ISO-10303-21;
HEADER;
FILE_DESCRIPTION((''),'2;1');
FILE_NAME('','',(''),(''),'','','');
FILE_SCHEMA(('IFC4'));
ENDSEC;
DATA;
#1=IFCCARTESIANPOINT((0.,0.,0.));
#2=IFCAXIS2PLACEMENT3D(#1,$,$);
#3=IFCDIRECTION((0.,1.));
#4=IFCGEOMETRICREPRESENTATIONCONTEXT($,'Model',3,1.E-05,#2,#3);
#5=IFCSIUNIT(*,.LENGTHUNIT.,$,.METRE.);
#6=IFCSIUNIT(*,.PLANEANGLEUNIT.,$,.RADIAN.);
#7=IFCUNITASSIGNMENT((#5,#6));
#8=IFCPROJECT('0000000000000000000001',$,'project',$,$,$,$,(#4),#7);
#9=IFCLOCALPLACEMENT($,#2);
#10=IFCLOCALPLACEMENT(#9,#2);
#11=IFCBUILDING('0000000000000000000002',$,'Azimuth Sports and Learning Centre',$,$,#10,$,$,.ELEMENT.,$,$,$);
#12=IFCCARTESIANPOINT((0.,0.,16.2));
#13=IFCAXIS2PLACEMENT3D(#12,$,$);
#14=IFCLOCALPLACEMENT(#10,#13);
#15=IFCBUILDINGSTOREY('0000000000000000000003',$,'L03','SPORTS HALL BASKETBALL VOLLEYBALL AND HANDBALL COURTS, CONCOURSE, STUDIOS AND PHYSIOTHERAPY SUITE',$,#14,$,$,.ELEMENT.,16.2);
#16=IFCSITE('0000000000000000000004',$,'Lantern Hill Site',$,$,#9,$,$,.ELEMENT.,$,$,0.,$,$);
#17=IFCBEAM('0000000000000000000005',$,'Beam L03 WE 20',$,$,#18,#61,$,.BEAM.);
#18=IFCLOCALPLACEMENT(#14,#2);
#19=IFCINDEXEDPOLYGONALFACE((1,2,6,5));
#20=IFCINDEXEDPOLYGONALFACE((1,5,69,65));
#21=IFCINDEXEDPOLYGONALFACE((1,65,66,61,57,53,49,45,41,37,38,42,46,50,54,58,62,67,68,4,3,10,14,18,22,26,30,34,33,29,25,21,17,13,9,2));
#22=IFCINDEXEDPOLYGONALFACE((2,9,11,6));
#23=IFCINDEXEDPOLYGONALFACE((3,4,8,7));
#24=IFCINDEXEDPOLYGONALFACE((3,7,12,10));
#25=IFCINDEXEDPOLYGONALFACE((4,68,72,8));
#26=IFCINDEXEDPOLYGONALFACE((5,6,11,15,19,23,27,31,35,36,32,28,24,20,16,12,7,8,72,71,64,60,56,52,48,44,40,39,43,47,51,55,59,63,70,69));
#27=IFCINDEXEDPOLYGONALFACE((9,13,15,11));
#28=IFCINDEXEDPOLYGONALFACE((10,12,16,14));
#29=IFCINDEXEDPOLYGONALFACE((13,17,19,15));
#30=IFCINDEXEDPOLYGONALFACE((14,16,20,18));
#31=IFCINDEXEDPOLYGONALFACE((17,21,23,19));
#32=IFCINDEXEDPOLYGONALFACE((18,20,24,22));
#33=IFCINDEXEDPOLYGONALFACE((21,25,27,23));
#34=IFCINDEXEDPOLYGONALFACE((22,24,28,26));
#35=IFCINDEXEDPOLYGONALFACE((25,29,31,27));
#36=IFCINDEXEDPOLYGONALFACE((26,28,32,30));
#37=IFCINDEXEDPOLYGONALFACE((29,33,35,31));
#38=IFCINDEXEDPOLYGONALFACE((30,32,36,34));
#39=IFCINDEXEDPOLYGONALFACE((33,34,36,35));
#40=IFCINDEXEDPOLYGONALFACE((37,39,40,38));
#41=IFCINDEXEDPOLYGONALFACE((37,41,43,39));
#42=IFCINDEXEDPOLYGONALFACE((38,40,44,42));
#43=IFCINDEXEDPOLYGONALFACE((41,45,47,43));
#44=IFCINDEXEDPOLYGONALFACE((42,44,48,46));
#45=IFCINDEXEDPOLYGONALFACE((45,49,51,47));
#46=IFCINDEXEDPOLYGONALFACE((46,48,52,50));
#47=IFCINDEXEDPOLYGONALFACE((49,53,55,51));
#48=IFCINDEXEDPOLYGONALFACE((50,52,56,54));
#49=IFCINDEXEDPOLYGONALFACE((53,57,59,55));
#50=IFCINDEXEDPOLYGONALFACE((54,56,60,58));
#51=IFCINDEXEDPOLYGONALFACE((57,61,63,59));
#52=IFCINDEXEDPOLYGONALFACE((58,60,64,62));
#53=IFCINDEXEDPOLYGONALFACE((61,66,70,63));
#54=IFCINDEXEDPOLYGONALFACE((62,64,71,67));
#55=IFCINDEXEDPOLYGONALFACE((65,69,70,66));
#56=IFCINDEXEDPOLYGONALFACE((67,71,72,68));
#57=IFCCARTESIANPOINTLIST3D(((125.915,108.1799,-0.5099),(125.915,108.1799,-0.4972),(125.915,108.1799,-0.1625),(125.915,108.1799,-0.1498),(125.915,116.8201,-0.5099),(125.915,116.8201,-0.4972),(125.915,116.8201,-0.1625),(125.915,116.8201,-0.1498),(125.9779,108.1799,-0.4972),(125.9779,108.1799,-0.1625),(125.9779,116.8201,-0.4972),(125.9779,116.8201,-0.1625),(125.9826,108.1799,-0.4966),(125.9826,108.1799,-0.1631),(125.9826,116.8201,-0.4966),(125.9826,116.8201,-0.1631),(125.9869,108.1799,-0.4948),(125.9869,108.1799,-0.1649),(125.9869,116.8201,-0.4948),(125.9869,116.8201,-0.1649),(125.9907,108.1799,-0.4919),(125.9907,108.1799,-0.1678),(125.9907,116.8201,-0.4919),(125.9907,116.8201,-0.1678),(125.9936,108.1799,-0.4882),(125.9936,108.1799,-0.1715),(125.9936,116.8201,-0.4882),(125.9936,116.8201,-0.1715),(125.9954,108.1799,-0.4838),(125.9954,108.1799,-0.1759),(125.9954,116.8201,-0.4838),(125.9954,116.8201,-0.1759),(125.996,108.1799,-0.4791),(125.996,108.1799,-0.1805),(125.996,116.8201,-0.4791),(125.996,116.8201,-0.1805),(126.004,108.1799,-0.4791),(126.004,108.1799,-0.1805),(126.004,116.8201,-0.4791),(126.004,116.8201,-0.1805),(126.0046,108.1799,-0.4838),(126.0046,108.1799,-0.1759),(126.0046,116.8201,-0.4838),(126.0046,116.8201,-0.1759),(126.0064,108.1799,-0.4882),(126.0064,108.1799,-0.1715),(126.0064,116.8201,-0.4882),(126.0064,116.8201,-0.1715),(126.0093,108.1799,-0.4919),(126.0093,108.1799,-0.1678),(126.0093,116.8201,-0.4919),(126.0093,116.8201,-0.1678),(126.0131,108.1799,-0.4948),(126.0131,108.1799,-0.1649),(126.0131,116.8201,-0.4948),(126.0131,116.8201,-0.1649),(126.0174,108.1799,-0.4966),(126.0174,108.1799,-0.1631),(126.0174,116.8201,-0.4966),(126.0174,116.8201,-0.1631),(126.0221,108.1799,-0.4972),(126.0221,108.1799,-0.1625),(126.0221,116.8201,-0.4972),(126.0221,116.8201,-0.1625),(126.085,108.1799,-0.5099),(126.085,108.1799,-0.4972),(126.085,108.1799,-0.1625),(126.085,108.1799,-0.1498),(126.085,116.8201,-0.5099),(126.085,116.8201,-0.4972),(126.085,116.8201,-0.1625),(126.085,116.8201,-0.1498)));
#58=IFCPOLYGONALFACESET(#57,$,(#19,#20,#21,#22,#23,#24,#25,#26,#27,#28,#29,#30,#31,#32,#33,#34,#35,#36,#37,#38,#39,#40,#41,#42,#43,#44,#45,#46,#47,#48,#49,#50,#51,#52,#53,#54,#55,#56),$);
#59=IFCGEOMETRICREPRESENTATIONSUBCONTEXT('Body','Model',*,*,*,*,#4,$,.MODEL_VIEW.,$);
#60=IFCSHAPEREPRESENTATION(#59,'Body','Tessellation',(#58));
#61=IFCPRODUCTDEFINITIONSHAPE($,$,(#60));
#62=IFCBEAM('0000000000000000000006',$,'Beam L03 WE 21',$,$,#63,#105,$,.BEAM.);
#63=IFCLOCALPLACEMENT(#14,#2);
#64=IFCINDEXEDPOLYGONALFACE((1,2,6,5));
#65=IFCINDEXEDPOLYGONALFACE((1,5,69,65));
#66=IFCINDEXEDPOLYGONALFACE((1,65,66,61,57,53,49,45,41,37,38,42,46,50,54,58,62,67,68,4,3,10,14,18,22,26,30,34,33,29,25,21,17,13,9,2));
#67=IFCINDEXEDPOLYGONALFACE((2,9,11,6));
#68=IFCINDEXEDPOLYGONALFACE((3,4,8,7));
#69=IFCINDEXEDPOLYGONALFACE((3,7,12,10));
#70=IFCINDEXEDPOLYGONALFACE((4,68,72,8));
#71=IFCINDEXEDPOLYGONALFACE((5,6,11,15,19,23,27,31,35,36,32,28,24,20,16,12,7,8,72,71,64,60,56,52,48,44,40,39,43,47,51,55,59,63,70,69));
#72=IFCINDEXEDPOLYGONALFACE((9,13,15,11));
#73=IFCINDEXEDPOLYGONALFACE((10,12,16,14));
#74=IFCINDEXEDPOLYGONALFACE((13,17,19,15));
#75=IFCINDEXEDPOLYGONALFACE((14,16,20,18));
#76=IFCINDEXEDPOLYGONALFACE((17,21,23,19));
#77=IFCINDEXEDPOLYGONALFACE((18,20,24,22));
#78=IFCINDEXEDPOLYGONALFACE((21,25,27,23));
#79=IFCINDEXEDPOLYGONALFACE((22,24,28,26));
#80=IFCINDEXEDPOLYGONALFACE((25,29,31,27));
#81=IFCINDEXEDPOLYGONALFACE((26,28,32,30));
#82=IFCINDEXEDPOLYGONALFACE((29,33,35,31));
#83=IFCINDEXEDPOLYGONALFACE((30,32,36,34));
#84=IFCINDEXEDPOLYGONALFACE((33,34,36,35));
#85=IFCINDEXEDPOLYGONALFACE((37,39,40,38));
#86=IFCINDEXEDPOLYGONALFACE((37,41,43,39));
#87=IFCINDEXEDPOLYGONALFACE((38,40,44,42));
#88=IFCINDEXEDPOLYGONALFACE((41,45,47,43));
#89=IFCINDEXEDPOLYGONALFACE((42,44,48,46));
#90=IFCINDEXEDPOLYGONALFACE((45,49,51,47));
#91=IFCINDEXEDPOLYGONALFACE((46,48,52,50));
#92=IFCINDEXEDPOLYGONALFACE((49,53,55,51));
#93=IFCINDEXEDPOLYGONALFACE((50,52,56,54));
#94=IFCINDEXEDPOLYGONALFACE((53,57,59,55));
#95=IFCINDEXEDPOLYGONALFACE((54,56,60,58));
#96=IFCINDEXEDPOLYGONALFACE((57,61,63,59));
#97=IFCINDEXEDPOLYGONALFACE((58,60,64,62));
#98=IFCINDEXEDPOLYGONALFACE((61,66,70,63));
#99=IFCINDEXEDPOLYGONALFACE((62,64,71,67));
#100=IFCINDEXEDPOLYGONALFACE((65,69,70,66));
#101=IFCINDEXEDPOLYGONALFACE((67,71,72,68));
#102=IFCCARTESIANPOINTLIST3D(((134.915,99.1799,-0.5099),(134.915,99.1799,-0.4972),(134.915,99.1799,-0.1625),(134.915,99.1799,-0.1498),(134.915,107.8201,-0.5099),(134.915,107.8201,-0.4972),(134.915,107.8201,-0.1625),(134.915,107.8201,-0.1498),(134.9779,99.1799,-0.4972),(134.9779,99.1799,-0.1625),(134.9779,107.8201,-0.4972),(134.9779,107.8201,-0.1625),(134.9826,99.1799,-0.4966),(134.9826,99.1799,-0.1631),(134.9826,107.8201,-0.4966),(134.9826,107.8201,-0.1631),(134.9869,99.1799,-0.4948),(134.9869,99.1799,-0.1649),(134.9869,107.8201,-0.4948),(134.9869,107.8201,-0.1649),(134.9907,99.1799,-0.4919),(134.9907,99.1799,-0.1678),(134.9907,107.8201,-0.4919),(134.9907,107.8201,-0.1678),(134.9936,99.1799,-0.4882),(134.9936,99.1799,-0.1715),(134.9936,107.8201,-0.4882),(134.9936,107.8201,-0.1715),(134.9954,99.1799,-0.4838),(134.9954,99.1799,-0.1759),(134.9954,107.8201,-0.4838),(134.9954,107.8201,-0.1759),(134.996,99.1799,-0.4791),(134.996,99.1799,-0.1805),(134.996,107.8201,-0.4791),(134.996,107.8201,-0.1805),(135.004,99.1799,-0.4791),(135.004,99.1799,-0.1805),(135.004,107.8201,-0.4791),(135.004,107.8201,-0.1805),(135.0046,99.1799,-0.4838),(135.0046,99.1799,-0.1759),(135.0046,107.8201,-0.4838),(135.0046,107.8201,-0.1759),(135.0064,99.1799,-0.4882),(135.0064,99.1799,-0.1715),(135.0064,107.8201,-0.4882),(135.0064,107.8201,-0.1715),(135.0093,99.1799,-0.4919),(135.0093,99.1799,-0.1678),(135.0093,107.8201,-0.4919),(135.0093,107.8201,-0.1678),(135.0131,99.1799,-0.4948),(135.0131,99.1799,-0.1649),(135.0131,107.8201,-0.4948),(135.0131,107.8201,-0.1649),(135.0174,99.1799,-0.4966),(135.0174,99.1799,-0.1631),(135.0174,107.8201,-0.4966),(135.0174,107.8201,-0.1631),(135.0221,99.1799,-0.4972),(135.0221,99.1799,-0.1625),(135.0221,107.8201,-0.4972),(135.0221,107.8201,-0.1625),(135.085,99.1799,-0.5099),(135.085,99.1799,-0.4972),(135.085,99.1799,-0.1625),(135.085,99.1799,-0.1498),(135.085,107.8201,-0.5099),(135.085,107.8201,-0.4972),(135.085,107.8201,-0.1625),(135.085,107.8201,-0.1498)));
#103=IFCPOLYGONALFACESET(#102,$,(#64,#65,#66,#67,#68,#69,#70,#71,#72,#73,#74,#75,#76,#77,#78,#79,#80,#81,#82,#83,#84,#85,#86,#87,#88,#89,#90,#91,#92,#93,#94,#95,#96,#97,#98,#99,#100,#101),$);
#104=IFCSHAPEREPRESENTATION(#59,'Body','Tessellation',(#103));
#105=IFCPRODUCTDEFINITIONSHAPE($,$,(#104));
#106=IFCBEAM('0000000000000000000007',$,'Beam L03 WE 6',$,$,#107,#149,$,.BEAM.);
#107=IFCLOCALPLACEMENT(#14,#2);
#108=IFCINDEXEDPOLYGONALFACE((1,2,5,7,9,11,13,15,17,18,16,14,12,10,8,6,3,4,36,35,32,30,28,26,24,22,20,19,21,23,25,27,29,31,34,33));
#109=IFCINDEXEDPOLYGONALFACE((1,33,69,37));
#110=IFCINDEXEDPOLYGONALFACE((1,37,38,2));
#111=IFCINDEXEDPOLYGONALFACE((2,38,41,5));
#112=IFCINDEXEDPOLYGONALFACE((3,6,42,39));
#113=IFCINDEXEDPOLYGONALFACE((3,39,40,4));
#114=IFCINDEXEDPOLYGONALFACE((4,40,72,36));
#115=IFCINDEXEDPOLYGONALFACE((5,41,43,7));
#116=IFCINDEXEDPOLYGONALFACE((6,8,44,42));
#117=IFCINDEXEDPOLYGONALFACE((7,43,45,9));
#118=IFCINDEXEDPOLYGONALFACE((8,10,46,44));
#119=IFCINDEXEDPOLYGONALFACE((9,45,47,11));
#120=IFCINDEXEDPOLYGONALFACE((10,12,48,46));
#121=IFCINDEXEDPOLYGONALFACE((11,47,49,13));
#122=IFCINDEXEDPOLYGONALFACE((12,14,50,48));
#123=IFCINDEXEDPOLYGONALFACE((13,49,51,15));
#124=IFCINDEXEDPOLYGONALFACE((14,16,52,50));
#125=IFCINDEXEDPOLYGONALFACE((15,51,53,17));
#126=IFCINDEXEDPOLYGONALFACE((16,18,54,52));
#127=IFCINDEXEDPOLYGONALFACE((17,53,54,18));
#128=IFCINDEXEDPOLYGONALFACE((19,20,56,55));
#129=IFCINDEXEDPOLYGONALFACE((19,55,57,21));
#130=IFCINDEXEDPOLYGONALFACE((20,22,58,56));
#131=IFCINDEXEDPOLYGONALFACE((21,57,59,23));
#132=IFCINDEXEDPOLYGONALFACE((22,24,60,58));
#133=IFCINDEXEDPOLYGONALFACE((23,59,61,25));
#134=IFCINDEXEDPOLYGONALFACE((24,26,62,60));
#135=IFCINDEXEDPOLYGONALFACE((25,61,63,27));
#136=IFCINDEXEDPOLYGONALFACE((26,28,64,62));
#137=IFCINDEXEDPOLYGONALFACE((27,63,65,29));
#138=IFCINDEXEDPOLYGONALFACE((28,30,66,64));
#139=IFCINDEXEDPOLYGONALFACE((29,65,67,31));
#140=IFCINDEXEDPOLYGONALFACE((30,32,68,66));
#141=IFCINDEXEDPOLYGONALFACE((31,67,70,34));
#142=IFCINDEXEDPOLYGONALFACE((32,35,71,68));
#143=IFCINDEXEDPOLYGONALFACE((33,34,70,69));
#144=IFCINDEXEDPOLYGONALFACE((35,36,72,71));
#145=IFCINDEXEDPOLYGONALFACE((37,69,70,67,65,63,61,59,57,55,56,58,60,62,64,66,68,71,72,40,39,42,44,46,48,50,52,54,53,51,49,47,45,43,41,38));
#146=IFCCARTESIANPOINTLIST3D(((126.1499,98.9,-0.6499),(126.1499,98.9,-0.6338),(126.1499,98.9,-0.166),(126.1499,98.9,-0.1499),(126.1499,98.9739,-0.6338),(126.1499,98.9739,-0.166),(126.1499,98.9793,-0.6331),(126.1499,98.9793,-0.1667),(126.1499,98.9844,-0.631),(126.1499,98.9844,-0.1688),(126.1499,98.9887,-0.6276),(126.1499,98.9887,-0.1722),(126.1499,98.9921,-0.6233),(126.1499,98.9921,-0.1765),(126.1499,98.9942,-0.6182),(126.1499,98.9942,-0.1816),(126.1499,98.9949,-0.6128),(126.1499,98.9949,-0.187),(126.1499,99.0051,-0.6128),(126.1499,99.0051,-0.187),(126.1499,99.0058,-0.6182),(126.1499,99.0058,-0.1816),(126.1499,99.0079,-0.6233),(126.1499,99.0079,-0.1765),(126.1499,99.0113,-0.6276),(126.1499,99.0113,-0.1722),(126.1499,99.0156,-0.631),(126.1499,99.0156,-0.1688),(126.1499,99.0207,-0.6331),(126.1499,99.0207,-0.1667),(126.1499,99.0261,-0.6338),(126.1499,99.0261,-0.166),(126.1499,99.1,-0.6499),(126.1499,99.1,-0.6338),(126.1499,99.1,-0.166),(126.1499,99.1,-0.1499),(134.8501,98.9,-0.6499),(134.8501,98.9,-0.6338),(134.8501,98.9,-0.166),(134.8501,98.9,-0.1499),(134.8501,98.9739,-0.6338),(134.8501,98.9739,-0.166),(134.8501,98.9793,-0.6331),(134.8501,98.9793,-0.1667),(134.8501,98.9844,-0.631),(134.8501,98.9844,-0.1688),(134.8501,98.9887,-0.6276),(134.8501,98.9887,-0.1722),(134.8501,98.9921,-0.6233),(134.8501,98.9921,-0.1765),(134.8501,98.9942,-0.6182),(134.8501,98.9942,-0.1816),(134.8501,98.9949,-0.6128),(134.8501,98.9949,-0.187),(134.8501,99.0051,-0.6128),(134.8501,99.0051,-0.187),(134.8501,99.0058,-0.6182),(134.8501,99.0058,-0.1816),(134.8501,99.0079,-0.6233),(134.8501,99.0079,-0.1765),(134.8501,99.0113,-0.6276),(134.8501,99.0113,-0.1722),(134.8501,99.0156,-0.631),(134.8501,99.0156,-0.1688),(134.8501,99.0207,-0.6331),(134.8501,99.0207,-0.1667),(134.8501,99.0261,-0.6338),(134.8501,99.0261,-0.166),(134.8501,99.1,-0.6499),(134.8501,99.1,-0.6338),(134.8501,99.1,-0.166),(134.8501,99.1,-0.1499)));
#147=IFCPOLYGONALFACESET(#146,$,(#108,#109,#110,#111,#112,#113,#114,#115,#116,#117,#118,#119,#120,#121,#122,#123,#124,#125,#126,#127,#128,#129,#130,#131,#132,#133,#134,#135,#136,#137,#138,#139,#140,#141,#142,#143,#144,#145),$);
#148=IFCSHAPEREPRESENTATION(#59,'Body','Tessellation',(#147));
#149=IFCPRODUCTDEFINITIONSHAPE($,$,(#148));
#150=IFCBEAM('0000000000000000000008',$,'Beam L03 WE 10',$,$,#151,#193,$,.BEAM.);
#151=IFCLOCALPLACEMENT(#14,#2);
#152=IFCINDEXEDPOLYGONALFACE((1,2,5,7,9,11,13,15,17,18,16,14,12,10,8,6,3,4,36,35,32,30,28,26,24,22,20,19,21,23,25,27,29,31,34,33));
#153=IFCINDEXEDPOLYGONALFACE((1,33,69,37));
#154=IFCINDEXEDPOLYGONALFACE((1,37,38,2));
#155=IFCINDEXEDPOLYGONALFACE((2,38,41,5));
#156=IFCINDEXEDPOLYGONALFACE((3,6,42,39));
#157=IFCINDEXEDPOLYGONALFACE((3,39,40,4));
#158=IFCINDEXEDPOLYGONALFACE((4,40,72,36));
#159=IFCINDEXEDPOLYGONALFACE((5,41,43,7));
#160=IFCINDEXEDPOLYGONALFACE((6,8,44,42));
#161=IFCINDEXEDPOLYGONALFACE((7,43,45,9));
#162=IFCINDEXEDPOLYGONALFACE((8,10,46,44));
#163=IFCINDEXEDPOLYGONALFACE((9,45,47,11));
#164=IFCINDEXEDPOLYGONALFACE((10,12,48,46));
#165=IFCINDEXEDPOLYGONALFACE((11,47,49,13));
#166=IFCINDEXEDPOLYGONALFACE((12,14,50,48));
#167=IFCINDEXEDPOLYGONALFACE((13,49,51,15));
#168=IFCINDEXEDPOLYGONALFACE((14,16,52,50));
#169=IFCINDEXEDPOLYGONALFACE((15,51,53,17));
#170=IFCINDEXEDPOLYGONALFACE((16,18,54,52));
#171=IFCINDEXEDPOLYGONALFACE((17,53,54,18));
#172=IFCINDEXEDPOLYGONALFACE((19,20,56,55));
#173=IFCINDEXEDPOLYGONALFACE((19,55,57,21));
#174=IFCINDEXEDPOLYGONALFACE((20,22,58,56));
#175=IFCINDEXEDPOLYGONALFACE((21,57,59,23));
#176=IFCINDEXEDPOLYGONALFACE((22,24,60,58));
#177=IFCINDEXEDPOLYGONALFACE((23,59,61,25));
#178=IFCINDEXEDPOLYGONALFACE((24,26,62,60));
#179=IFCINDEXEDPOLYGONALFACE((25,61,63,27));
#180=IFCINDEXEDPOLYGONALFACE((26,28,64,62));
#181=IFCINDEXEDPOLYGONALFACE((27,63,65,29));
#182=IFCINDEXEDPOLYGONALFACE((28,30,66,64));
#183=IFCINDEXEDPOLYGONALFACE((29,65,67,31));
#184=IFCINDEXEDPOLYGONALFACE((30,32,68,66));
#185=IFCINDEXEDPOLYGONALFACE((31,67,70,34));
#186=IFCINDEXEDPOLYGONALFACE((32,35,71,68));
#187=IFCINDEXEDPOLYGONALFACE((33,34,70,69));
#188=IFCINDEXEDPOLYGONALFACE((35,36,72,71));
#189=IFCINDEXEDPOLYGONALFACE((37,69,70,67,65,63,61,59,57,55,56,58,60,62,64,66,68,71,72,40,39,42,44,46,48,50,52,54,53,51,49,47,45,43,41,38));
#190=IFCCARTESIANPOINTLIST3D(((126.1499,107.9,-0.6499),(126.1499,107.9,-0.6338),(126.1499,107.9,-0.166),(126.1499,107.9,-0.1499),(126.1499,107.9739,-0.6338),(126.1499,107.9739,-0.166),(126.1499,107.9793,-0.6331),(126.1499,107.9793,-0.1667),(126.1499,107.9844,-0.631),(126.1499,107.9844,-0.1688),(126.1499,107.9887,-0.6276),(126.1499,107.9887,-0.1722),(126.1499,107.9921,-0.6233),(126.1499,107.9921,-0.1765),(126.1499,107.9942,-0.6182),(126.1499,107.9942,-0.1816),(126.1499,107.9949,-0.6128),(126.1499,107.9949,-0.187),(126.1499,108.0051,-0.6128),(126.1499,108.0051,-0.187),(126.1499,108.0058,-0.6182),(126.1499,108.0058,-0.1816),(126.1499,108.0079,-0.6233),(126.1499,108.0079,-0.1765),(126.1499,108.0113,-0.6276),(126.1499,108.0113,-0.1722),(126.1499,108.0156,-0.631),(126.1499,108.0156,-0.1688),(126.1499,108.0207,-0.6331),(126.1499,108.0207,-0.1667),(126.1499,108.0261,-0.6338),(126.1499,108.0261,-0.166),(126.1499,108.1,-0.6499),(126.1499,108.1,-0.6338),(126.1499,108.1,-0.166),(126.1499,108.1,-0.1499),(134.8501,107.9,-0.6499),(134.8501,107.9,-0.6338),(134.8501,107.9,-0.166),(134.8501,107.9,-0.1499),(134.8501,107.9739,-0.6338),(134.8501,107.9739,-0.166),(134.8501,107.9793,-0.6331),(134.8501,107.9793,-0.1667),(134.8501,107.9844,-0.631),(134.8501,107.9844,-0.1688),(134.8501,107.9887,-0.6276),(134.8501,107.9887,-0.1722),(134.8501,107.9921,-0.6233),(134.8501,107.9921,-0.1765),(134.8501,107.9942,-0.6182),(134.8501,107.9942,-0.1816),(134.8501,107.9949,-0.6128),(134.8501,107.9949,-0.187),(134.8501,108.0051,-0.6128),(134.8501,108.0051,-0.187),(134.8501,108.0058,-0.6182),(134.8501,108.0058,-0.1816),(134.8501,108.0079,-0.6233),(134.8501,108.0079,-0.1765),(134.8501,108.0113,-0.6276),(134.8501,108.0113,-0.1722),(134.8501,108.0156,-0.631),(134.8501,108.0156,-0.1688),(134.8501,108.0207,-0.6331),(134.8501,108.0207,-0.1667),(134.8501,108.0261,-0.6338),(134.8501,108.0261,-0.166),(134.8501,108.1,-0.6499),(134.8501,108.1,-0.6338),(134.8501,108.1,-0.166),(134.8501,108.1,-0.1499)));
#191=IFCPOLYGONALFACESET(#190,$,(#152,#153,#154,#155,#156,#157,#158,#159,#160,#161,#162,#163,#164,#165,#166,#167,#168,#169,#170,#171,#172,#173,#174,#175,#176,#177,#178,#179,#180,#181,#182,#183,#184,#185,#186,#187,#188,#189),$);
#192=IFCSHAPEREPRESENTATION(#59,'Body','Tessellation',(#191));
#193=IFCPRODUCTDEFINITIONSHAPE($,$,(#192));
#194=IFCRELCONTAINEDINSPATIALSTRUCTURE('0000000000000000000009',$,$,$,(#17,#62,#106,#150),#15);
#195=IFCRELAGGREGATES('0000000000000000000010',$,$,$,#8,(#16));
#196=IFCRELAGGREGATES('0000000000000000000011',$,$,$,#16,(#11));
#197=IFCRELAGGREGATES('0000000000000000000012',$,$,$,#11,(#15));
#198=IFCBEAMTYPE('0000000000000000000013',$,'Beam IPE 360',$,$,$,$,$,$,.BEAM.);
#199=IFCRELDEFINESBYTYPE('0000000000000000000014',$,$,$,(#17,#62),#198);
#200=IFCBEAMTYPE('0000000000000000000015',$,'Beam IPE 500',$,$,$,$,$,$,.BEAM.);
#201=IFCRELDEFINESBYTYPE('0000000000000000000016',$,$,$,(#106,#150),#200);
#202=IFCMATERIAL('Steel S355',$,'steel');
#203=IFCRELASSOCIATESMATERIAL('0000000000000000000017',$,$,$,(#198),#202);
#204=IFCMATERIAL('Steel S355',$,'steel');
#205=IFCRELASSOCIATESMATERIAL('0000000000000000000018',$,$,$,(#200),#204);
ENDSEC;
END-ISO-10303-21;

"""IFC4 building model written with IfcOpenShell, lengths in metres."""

from ifc_helpers import new_model, si_unit, direction, frame, origin, origin_2d, place, context, subcontext, project, spatial, i_section, extrude, material, material_profile, profile_set, type_object, element, save


model = new_model("IFC4")

# Units and contexts
model_context = context("Model", 3, precision=1e-05, world=origin(), true_north=direction((0.0, 1.0)))
body_context = subcontext(model_context, "Body", "Model", "MODEL_VIEW")
ifc_project = project(units=[si_unit("LENGTHUNIT", "METRE"), si_unit("PLANEANGLEUNIT", "RADIAN")], contexts=[model_context])

# Site, building, storey
site_placement = place(None, origin())
site = spatial("IfcSite", under=ifc_project, at=site_placement, Name="Lantern Hill Site", CompositionType="ELEMENT", RefElevation=0.0)
building_placement = place(site_placement, origin())
building = spatial("IfcBuilding", under=site, at=building_placement, Name="Azimuth Sports and Learning Centre", CompositionType="ELEMENT")
storey_placement = place(building_placement, frame((0.0, 0.0, 16.2)))
storey = spatial("IfcBuildingStorey", under=building, at=storey_placement, Name="L03", Description="SPORTS HALL BASKETBALL VOLLEYBALL AND HANDBALL COURTS, CONCOURSE, STUDIOS AND PHYSIOTHERAPY SUITE", CompositionType="ELEMENT", Elevation=16.2)

# Beams
ifc_material_1 = material(Name="Steel S355", Category="steel")
ifc_material_profile_1 = material_profile(ifc_material_1, i_section(OverallWidth=0.1699, OverallDepth=0.3601, WebThickness=0.0081, FlangeThickness=0.0127, FilletRadius=0.0181, at=origin_2d()), Name="IPE 360")
ifc_profile_set_1 = profile_set([ifc_material_profile_1], Name="Steel S355")
beam_type_1 = type_object("IfcBeamType", Name="Beam IPE 360", PredefinedType="BEAM", material=ifc_profile_set_1)
for number, where, z_axis, x_axis, name in (
    (1, (126.0, 108.1799, -0.3298), (0.0, 1.0, 0.0), (-1.0, 0.0, 0.0), "Beam L03 WE 20"),
    (2, (135.0, 99.1799, -0.3298), (0.0, 1.0, 0.0), (-1.0, 0.0, 0.0), "Beam L03 WE 21"),
):
    element("IfcBeam", number, at=place(storey_placement, frame(where, z_axis=z_axis, x_axis=x_axis)), inside=storey, type_object=beam_type_1, Name=name, PredefinedType="BEAM", context=body_context, shape_type="SweptSolid", body=[
        extrude(i_section(OverallWidth=0.1699, OverallDepth=0.3601, WebThickness=0.0081, FlangeThickness=0.0127, FilletRadius=0.0181, at=origin_2d()), origin(), (0.0, 0.0, 1.0), 8.6401),
    ])
ifc_material_2 = material(Name="Steel S355", Category="steel")
ifc_material_profile_2 = material_profile(ifc_material_2, i_section(OverallWidth=0.2, OverallDepth=0.5, WebThickness=0.0103, FlangeThickness=0.0161, FilletRadius=0.021, at=origin_2d()), Name="IPE 500")
ifc_profile_set_2 = profile_set([ifc_material_profile_2], Name="Steel S355")
beam_type_2 = type_object("IfcBeamType", Name="Beam IPE 500", PredefinedType="BEAM", material=ifc_profile_set_2)
for number, where, z_axis, x_axis, name in (
    (3, (126.1499, 99.0, -0.3999), (1.0, 0.0, 0.0), (0.0, 1.0, 0.0), "Beam L03 WE 6"),
    (4, (126.1499, 108.0, -0.3999), (1.0, 0.0, 0.0), (0.0, 1.0, 0.0), "Beam L03 WE 10"),
):
    element("IfcBeam", number, at=place(storey_placement, frame(where, z_axis=z_axis, x_axis=x_axis)), inside=storey, type_object=beam_type_2, Name=name, PredefinedType="BEAM", context=body_context, shape_type="SweptSolid", body=[
        extrude(i_section(OverallWidth=0.2, OverallDepth=0.5, WebThickness=0.0103, FlangeThickness=0.0161, FilletRadius=0.021, at=origin_2d()), origin(), (0.0, 0.0, 1.0), 8.7002),
    ])

save(model, "model.ifc")
